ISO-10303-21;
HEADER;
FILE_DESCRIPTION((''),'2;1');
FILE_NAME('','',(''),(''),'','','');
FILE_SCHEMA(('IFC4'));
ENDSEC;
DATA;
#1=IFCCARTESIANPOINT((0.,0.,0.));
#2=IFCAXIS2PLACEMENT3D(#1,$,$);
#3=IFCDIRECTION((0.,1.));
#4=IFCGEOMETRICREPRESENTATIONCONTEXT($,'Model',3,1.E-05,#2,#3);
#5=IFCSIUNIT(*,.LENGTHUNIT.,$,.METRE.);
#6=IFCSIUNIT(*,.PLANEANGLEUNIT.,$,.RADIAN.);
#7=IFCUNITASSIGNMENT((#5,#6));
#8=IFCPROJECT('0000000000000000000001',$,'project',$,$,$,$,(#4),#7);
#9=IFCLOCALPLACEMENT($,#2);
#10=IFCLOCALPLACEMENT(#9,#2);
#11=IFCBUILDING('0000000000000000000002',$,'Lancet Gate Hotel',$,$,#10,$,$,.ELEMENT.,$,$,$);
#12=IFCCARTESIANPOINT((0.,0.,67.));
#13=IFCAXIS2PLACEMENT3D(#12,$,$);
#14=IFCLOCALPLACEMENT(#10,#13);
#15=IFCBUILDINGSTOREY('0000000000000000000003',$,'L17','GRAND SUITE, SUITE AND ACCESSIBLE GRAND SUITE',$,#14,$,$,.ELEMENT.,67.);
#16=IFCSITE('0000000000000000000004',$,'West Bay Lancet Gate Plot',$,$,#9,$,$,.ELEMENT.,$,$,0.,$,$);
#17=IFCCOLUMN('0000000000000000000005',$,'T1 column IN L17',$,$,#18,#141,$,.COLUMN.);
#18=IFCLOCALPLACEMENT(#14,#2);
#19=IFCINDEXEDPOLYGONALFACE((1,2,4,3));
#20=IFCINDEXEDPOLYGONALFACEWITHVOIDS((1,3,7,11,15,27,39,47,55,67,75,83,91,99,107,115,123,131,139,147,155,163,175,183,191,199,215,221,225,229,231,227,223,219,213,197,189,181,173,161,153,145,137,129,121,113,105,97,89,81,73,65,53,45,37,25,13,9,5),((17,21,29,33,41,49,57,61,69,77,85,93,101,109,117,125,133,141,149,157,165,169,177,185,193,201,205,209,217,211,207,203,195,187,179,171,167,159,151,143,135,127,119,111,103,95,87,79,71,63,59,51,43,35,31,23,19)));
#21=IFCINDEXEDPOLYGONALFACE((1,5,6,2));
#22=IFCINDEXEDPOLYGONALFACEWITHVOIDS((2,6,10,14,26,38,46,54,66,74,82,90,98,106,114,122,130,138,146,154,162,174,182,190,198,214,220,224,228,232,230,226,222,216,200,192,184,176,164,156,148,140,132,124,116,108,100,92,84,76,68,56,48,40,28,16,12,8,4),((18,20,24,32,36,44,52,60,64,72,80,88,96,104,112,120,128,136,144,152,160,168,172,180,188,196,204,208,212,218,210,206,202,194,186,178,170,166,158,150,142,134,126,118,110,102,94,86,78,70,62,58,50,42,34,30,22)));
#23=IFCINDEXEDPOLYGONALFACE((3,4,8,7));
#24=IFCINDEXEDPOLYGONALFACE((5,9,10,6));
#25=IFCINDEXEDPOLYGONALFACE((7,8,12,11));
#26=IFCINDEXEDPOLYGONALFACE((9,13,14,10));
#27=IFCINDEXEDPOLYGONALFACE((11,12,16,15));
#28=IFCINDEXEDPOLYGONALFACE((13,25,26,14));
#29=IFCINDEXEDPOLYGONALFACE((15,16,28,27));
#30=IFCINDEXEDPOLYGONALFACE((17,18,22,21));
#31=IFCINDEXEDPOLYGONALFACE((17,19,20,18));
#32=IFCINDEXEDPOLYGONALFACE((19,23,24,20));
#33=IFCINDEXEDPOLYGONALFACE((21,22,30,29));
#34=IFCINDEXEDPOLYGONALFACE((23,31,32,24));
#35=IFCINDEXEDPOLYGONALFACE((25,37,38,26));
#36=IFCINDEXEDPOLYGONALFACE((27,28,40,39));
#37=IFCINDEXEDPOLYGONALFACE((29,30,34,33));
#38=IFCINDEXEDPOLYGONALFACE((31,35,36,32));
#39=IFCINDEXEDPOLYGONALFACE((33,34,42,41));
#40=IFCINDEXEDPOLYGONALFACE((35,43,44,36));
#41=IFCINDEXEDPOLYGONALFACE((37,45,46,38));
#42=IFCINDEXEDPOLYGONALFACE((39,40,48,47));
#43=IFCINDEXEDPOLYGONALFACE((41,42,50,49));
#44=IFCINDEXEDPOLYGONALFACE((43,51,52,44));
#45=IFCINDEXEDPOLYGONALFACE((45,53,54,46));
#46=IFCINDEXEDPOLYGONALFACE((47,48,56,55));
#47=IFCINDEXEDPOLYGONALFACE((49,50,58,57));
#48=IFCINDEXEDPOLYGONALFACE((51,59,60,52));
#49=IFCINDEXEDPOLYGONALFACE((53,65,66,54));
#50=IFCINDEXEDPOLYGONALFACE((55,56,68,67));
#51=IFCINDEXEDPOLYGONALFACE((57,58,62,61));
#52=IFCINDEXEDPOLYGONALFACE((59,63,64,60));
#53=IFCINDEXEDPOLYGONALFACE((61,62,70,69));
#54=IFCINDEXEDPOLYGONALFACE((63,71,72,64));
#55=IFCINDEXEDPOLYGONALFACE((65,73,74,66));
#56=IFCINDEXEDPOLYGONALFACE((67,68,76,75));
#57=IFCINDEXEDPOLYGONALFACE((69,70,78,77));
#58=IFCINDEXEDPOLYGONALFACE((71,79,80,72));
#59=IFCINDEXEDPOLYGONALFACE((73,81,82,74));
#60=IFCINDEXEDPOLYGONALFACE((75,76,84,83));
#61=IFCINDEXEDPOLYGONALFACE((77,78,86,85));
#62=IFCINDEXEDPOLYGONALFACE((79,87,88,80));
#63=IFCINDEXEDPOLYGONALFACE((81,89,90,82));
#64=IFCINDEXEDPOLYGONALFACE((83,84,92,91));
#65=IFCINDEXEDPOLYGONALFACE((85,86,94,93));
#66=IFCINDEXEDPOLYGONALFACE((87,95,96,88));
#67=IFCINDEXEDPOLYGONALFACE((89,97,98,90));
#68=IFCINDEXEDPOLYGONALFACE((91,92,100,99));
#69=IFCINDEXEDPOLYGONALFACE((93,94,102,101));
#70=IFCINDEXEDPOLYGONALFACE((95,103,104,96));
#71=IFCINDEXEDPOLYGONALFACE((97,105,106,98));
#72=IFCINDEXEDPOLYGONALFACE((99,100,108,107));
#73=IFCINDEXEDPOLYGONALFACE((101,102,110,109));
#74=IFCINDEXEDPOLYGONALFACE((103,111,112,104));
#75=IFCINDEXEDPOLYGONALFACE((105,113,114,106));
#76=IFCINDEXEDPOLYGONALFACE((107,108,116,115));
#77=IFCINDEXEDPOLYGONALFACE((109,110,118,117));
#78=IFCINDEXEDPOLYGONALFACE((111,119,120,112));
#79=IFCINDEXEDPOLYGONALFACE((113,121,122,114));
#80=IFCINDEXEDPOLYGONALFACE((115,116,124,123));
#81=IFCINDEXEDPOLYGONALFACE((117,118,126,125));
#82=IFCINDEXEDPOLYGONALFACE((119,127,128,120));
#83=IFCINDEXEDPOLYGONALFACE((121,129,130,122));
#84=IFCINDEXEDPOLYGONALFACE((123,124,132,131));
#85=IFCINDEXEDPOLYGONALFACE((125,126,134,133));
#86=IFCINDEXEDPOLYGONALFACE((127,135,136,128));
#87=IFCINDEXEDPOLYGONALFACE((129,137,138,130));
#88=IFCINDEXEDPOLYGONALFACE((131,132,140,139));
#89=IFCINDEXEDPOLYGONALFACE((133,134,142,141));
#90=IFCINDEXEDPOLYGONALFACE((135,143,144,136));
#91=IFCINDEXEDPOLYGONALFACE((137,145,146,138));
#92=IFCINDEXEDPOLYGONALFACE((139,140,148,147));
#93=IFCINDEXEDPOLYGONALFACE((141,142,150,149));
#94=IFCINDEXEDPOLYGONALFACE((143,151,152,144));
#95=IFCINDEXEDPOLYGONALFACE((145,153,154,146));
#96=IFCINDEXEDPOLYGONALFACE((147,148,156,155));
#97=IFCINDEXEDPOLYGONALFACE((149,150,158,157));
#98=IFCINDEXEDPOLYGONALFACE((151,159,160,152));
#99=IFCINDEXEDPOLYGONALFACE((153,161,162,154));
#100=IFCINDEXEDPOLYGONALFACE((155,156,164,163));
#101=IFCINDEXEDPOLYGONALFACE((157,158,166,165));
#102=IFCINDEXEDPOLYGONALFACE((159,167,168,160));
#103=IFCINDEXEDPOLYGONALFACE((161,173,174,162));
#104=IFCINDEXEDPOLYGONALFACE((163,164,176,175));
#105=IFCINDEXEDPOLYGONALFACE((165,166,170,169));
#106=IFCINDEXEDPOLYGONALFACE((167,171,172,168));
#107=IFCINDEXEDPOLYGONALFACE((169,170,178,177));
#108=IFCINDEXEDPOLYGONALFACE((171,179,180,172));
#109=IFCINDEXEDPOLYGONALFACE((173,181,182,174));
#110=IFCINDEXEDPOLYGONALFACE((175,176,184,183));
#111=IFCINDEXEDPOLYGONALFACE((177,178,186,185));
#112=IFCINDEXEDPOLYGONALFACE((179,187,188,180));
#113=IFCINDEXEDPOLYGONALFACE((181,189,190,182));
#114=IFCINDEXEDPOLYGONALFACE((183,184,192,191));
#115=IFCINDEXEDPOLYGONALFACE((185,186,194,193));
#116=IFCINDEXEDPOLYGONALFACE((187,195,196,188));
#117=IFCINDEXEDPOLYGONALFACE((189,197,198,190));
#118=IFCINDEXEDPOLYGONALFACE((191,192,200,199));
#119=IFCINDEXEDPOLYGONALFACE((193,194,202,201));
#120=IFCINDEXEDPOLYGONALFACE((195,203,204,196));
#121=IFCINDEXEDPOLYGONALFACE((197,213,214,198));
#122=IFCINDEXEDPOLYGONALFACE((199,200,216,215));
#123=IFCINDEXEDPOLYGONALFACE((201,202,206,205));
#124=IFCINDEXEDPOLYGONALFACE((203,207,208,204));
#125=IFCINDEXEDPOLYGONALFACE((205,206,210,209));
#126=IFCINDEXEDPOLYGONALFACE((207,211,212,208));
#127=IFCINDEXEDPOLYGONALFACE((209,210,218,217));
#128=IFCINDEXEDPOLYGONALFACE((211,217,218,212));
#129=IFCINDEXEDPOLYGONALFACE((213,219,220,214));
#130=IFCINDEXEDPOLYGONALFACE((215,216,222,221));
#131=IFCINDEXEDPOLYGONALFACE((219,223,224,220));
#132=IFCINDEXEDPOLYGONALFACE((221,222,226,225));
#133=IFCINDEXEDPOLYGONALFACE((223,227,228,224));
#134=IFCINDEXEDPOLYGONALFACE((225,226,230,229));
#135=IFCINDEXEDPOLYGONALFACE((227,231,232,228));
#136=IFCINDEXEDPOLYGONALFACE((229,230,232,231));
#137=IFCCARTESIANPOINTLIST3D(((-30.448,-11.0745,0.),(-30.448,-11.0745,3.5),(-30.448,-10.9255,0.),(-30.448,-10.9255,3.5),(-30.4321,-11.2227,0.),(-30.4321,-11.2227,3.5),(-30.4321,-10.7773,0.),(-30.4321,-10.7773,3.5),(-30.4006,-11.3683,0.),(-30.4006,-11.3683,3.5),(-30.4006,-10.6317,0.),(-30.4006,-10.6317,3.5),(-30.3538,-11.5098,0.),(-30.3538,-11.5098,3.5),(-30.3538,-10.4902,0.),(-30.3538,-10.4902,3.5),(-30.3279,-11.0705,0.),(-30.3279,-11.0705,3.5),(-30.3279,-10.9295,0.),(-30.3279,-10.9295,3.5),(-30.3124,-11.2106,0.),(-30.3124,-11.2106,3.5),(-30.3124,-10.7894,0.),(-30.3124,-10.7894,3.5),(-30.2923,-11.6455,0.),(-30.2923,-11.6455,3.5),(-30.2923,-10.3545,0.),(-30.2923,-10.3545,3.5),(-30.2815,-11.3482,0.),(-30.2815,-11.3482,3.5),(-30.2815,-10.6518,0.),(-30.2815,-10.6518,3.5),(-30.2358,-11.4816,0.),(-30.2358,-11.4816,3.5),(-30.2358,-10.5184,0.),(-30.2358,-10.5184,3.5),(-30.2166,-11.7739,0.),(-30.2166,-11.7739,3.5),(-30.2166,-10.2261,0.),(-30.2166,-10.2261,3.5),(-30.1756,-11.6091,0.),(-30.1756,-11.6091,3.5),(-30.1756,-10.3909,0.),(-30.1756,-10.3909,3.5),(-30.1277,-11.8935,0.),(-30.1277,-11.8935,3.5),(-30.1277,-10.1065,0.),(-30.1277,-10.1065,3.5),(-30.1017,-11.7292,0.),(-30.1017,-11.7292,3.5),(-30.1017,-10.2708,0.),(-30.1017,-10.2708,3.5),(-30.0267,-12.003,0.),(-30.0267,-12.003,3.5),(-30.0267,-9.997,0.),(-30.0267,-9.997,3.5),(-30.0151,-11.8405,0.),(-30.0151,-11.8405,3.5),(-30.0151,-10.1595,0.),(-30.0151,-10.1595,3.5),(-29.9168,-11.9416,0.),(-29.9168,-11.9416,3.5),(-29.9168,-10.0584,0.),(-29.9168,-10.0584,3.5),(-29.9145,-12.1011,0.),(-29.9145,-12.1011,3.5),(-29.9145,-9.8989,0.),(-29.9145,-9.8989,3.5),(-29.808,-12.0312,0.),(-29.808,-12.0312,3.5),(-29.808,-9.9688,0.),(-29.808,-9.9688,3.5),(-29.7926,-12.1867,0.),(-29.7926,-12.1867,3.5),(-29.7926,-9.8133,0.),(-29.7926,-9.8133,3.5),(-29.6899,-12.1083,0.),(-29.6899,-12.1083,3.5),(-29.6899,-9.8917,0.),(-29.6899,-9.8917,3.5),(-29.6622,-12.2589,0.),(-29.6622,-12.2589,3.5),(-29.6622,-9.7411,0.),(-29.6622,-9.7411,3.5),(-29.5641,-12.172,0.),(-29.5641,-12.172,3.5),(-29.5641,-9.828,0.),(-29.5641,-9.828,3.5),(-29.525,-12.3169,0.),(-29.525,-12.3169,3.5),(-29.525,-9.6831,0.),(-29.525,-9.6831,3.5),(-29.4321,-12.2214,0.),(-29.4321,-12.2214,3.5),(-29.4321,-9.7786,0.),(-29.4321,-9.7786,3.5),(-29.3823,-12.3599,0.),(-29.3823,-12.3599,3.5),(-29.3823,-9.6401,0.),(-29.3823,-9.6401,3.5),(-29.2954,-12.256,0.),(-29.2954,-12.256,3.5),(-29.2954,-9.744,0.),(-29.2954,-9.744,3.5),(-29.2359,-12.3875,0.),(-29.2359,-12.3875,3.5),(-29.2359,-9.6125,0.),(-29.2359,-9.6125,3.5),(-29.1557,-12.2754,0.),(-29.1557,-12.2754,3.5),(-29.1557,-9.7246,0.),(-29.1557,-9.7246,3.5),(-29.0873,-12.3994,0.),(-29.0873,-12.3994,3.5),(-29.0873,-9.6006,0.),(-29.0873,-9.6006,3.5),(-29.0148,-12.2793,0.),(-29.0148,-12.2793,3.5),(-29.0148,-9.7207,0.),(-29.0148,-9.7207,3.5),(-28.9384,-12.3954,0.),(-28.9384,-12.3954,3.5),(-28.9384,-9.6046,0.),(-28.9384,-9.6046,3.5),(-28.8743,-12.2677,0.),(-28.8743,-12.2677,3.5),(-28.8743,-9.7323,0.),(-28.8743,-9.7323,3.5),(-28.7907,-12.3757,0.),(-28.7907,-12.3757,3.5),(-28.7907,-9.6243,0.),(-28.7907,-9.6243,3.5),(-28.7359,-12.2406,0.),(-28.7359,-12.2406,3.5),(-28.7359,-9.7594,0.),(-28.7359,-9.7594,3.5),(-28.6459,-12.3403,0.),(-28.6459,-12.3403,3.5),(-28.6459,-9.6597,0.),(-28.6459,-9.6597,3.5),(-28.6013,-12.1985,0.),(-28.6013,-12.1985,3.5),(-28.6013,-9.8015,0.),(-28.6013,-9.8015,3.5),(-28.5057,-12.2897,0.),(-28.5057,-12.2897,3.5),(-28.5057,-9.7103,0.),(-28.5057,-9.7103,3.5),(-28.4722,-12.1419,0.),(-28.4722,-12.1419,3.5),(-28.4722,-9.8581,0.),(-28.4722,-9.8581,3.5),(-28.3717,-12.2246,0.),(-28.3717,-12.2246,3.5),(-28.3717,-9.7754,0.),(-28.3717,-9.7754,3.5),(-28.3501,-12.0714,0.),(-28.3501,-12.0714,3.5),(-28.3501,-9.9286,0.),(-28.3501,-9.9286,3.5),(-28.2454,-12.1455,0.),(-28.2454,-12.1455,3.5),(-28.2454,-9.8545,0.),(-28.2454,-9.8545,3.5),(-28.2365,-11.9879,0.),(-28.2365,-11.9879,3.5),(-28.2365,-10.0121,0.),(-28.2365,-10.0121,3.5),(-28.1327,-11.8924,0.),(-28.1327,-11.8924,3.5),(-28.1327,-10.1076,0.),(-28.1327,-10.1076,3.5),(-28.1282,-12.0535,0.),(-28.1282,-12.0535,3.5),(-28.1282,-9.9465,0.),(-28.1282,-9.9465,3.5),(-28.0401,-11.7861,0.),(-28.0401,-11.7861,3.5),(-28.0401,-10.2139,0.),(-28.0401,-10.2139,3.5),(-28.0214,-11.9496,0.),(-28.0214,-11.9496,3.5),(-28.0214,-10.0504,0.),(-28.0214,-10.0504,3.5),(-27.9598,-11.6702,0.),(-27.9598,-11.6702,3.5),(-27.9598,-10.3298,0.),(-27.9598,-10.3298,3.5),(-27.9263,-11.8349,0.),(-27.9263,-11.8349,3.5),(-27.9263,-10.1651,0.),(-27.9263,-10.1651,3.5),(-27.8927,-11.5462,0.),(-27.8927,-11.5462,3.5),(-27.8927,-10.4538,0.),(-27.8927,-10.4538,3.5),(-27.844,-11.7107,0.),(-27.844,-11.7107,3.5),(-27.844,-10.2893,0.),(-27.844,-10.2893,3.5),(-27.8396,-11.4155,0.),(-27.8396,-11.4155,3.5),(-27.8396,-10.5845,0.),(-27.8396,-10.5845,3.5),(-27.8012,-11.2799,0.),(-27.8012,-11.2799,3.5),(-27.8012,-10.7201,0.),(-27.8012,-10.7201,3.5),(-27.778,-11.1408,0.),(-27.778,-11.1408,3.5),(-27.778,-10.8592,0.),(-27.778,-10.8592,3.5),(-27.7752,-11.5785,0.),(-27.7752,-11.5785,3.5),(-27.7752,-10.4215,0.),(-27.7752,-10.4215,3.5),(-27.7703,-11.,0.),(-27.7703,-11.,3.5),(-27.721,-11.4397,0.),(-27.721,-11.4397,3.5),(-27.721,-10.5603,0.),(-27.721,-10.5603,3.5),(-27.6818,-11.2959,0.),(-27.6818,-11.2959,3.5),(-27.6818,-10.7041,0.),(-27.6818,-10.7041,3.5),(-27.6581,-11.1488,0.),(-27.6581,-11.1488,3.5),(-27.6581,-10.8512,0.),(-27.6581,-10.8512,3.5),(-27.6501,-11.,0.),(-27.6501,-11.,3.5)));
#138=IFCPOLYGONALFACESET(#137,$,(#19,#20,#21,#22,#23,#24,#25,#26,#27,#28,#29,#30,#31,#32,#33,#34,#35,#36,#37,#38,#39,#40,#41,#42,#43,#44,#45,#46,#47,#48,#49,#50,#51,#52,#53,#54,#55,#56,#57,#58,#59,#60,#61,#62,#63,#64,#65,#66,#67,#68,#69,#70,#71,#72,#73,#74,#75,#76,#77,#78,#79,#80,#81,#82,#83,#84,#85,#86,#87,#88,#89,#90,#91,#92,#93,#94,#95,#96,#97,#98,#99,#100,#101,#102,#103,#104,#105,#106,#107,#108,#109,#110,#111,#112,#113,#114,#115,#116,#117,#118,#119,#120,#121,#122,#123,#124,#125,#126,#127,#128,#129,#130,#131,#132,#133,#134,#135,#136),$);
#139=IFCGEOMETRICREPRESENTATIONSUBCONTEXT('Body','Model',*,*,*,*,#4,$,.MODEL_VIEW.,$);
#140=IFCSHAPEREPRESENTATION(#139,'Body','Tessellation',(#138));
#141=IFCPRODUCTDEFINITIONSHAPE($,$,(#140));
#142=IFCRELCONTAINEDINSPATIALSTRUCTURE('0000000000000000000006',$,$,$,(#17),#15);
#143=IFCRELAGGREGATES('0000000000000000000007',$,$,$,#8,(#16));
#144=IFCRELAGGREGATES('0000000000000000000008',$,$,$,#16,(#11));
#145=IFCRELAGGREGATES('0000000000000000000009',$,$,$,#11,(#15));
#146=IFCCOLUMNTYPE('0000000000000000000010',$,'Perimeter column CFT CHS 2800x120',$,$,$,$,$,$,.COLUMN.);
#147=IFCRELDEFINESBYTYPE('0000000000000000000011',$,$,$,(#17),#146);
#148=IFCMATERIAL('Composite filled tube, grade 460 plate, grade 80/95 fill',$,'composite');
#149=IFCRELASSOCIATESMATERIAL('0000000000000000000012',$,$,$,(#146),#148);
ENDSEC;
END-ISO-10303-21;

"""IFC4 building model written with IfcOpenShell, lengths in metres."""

from ifc_helpers import new_model, si_unit, direction, frame, origin, origin_2d, place, context, subcontext, project, spatial, hollow_circle, extrude, material, material_profile, profile_set, type_object, element, save


model = new_model("IFC4")

# Units and contexts
model_context = context("Model", 3, precision=1e-05, world=origin(), true_north=direction((0.0, 1.0)))
body_context = subcontext(model_context, "Body", "Model", "MODEL_VIEW")
ifc_project = project(units=[si_unit("LENGTHUNIT", "METRE"), si_unit("PLANEANGLEUNIT", "RADIAN")], contexts=[model_context])

# Site, building, storey
site_placement = place(None, origin())
site = spatial("IfcSite", under=ifc_project, at=site_placement, Name="West Bay Lancet Gate Plot", CompositionType="ELEMENT", RefElevation=0.0)
building_placement = place(site_placement, origin())
building = spatial("IfcBuilding", under=site, at=building_placement, Name="Lancet Gate Hotel", CompositionType="ELEMENT")
storey_placement = place(building_placement, frame((0.0, 0.0, 67.0)))
storey = spatial("IfcBuildingStorey", under=building, at=storey_placement, Name="L17", Description="GRAND SUITE, SUITE AND ACCESSIBLE GRAND SUITE", CompositionType="ELEMENT", Elevation=67.0)

# Column
ifc_material_1 = material(Name="Composite filled tube, grade 460 plate, grade 80/95 fill", Category="composite")
ifc_material_profile_1 = material_profile(ifc_material_1, hollow_circle(Radius=1.3999, WallThickness=0.1201, at=origin_2d()), Name="CHS 2800x120")
ifc_profile_set_1 = profile_set([ifc_material_profile_1], Name="Composite filled tube, grade 460 plate, grade 80/95 fill")
column_type = type_object("IfcColumnType", Name="Perimeter column CFT CHS 2800x120", PredefinedType="COLUMN", material=ifc_profile_set_1)
for number, where, z_axis, x_axis, name in (
    (1, (-29.05, -11.0, 0.0), (0.0, 0.0, 1.0), (1.0, 0.0, 0.0), "T1 column IN L17"),
):
    element("IfcColumn", number, at=place(storey_placement, frame(where, z_axis=z_axis, x_axis=x_axis)), inside=storey, type_object=column_type, Name=name, PredefinedType="COLUMN", context=body_context, shape_type="SweptSolid", body=[
        extrude(hollow_circle(Radius=1.3999, WallThickness=0.1201, at=origin_2d()), origin(), (0.0, 0.0, 1.0), 3.5),
    ])

save(model, "model.ifc")
